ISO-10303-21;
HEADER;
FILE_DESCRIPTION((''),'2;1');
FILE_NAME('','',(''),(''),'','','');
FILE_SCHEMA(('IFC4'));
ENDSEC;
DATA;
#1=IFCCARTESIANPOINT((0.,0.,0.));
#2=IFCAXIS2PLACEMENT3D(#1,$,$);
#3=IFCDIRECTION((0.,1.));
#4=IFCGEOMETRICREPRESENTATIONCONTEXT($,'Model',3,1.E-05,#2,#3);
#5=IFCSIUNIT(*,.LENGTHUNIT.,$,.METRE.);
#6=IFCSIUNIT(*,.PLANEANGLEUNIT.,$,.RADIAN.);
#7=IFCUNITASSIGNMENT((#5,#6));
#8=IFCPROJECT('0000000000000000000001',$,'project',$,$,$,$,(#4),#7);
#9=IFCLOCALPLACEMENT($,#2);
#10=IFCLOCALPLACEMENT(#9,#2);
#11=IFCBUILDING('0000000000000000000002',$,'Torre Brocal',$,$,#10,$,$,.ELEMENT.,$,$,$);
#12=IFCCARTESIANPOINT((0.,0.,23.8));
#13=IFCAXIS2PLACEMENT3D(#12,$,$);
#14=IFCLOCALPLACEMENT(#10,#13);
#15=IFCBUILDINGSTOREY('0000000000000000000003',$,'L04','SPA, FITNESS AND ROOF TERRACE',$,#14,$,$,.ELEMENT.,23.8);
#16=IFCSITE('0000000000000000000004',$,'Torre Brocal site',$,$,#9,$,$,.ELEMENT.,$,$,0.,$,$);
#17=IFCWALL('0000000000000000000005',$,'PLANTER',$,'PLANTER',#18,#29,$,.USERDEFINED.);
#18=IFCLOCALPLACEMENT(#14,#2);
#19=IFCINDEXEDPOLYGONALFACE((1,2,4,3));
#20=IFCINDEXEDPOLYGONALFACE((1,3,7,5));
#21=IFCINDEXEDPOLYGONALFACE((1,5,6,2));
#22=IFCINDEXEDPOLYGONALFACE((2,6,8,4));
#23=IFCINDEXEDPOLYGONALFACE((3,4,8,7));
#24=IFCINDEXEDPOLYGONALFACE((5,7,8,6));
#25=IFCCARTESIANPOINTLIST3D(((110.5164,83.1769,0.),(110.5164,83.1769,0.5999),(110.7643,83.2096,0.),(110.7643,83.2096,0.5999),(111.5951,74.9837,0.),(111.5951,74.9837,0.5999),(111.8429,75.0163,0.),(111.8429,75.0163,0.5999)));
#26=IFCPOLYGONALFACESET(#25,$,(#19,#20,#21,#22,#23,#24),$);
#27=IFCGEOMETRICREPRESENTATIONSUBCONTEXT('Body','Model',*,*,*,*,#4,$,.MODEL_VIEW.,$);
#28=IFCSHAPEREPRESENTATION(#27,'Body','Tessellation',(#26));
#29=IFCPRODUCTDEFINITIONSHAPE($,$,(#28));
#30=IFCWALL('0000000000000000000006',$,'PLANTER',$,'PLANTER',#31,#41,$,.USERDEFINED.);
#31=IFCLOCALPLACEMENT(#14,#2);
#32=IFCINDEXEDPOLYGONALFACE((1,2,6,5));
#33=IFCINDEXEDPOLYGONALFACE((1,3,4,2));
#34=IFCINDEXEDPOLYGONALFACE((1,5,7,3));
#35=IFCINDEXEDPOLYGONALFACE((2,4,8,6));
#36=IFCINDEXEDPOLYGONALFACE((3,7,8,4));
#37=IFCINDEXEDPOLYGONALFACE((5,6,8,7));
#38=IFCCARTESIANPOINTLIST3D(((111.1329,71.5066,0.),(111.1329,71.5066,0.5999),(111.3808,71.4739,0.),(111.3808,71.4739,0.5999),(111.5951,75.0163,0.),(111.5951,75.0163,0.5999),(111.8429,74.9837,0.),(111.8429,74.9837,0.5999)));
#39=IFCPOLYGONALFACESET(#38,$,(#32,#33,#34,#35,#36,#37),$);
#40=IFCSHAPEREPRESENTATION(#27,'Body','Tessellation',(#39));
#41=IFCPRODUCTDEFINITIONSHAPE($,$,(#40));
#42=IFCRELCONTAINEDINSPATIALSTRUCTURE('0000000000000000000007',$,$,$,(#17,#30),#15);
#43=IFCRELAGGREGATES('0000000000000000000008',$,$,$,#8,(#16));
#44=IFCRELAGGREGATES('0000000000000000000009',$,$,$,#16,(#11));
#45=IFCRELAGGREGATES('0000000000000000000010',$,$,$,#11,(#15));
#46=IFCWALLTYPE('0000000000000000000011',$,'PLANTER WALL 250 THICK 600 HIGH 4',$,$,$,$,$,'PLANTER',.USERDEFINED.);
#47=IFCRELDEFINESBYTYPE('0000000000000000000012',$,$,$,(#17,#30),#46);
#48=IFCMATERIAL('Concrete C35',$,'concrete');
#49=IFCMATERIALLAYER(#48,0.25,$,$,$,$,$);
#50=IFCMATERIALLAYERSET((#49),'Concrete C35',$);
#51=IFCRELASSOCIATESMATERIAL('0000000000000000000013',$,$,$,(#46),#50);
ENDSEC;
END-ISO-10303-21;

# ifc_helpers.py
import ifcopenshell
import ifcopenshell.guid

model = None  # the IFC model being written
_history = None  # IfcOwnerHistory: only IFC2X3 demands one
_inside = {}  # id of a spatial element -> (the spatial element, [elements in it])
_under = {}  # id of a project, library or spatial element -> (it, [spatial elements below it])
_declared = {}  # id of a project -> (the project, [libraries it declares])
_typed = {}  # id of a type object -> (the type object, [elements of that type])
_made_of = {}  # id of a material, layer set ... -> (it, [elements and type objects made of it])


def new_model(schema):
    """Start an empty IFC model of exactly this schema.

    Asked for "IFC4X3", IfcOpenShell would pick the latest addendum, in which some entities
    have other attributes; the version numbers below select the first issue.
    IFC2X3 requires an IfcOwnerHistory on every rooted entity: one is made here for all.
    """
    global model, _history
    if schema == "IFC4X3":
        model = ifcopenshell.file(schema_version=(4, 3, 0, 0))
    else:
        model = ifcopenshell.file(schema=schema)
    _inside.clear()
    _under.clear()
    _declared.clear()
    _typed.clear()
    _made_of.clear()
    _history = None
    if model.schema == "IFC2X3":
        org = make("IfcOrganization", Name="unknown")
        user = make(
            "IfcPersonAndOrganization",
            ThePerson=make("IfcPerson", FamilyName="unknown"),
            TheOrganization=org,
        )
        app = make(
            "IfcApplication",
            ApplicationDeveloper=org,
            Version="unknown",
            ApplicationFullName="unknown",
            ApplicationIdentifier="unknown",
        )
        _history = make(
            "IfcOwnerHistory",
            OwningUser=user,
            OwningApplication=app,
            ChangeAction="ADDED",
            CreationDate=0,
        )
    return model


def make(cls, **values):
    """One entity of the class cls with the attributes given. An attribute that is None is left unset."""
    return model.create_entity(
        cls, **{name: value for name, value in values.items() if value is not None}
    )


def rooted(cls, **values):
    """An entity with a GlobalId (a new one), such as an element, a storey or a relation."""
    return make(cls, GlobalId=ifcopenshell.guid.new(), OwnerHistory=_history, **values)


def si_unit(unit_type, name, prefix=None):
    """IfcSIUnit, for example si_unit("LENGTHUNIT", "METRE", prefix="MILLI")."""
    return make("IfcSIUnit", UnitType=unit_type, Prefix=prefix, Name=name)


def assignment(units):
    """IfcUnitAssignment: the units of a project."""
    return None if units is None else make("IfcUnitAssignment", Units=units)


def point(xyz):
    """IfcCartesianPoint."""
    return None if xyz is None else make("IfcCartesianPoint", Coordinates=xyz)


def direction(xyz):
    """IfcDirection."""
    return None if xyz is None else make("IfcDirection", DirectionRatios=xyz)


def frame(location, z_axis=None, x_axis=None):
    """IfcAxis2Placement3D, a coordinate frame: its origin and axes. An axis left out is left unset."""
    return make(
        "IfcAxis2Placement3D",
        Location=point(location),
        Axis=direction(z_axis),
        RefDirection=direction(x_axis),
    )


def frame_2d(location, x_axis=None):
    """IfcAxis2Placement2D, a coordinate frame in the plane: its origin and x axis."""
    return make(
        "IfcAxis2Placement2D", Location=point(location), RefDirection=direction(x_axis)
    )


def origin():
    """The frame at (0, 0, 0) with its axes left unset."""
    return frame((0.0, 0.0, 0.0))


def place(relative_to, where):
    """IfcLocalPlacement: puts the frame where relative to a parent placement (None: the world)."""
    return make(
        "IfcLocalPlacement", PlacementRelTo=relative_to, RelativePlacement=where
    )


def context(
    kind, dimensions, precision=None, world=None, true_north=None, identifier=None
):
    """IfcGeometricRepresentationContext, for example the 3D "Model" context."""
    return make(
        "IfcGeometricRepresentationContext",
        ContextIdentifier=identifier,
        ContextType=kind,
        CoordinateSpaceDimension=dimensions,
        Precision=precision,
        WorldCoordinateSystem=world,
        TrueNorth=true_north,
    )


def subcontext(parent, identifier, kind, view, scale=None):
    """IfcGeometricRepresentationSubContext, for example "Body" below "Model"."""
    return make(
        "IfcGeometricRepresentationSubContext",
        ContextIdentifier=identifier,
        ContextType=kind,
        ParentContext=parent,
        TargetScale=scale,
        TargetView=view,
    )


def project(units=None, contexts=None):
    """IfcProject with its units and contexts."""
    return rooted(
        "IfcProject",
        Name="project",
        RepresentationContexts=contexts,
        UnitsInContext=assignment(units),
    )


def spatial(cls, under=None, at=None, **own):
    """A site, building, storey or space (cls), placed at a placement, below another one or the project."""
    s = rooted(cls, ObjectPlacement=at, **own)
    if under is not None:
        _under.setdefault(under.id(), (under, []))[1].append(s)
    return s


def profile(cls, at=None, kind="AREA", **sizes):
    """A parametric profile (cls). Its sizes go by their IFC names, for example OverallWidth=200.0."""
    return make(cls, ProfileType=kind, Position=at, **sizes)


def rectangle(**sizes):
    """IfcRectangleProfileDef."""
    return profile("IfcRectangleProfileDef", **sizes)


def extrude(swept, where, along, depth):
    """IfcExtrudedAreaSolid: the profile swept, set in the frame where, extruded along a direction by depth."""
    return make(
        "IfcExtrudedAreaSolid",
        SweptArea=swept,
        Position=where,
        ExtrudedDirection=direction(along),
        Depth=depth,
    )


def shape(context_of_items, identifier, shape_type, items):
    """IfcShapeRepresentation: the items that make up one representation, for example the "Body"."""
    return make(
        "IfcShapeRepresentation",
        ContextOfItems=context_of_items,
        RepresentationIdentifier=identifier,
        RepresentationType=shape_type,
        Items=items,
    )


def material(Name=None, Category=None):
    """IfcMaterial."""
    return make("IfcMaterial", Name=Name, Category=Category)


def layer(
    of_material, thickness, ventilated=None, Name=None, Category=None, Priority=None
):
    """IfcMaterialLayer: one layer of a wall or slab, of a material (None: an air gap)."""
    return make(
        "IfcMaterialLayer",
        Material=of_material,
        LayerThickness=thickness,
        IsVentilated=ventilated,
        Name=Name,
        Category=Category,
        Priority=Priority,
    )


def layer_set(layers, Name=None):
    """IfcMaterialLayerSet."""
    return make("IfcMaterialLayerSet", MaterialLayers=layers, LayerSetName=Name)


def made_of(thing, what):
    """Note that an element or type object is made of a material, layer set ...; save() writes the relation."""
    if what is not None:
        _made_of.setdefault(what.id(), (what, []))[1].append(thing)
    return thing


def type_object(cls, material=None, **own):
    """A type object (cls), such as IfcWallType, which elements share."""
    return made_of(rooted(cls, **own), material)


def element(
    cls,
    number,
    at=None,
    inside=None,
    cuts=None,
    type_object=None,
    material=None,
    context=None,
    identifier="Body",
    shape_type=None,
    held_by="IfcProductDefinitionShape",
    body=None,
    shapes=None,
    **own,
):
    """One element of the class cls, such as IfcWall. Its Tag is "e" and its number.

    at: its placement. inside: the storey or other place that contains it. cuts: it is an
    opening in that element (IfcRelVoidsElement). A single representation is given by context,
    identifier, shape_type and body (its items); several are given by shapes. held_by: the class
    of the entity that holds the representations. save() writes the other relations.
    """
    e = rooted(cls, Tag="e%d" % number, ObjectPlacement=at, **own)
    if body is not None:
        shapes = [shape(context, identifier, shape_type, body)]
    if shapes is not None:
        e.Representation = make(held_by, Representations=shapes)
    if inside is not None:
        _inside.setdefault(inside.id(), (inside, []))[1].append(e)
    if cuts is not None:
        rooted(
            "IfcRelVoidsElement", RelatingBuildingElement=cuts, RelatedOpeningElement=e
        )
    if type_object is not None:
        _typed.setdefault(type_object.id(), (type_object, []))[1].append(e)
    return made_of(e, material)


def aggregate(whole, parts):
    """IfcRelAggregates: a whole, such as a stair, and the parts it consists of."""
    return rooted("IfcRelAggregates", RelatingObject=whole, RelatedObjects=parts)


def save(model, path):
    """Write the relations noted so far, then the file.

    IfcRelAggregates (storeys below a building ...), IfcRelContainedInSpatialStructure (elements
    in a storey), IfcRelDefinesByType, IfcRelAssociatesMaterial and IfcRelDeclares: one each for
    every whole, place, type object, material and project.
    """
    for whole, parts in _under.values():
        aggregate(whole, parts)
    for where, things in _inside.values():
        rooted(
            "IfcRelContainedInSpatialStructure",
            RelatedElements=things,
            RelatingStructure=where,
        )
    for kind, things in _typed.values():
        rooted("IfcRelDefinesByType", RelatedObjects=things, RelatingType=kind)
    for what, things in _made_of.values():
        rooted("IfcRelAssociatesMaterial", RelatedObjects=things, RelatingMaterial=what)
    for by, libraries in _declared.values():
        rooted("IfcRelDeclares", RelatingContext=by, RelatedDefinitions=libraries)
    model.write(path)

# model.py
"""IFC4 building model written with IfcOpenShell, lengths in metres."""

from ifc_helpers import new_model, si_unit, direction, frame, frame_2d, origin, place, context, subcontext, project, spatial, rectangle, extrude, material, layer, layer_set, type_object, element, save


model = new_model("IFC4")

# Units and contexts
model_context = context("Model", 3, precision=1e-05, world=origin(), true_north=direction((0.0, 1.0)))
body_context = subcontext(model_context, "Body", "Model", "MODEL_VIEW")
ifc_project = project(units=[si_unit("LENGTHUNIT", "METRE"), si_unit("PLANEANGLEUNIT", "RADIAN")], contexts=[model_context])

# Site, building, storey
site_placement = place(None, origin())
site = spatial("IfcSite", under=ifc_project, at=site_placement, Name="Torre Brocal site", CompositionType="ELEMENT", RefElevation=0.0)
building_placement = place(site_placement, origin())
building = spatial("IfcBuilding", under=site, at=building_placement, Name="Torre Brocal", CompositionType="ELEMENT")
storey_placement = place(building_placement, frame((0.0, 0.0, 23.8)))
storey = spatial("IfcBuildingStorey", under=building, at=storey_placement, Name="L04", Description="SPA, FITNESS AND ROOF TERRACE", CompositionType="ELEMENT", Elevation=23.8)

# Walls
ifc_material_1 = material(Name="Concrete C35", Category="concrete")
ifc_layer_1 = layer(ifc_material_1, 0.25)
ifc_layer_set_1 = layer_set([ifc_layer_1], Name="Concrete C35")
wall_type_1 = type_object("IfcWallType", Name="PLANTER WALL 250 THICK 600 HIGH 4", ElementType="PLANTER", PredefinedType="USERDEFINED", material=ifc_layer_set_1)
wall_1_placement = place(storey_placement, frame((110.6404, 83.1931, 0.0), z_axis=(0.0, 0.0, 1.0), x_axis=(0.130523, -0.991445, 0.0)))
element("IfcWall", 1, at=wall_1_placement, inside=storey, type_object=wall_type_1, Name="PLANTER", ObjectType="PLANTER", PredefinedType="USERDEFINED", context=body_context, shape_type="SweptSolid", body=[
    extrude(rectangle(XDim=8.2639, YDim=0.25, at=frame_2d((4.1318, 0.0))), origin(), (0.0, 0.0, 1.0), 0.5999),
])
wall_2_placement = place(storey_placement, frame((111.719, 75.0, 0.0), z_axis=(0.0, 0.0, 1.0), x_axis=(-0.130551, -0.991442, 0.0)))
element("IfcWall", 2, at=wall_2_placement, inside=storey, type_object=wall_type_1, Name="PLANTER", ObjectType="PLANTER", PredefinedType="USERDEFINED", context=body_context, shape_type="SweptSolid", body=[
    extrude(rectangle(XDim=3.54, YDim=0.25, at=frame_2d((1.77, 0.0))), origin(), (0.0, 0.0, 1.0), 0.5999),
])

save(model, "model.ifc")
